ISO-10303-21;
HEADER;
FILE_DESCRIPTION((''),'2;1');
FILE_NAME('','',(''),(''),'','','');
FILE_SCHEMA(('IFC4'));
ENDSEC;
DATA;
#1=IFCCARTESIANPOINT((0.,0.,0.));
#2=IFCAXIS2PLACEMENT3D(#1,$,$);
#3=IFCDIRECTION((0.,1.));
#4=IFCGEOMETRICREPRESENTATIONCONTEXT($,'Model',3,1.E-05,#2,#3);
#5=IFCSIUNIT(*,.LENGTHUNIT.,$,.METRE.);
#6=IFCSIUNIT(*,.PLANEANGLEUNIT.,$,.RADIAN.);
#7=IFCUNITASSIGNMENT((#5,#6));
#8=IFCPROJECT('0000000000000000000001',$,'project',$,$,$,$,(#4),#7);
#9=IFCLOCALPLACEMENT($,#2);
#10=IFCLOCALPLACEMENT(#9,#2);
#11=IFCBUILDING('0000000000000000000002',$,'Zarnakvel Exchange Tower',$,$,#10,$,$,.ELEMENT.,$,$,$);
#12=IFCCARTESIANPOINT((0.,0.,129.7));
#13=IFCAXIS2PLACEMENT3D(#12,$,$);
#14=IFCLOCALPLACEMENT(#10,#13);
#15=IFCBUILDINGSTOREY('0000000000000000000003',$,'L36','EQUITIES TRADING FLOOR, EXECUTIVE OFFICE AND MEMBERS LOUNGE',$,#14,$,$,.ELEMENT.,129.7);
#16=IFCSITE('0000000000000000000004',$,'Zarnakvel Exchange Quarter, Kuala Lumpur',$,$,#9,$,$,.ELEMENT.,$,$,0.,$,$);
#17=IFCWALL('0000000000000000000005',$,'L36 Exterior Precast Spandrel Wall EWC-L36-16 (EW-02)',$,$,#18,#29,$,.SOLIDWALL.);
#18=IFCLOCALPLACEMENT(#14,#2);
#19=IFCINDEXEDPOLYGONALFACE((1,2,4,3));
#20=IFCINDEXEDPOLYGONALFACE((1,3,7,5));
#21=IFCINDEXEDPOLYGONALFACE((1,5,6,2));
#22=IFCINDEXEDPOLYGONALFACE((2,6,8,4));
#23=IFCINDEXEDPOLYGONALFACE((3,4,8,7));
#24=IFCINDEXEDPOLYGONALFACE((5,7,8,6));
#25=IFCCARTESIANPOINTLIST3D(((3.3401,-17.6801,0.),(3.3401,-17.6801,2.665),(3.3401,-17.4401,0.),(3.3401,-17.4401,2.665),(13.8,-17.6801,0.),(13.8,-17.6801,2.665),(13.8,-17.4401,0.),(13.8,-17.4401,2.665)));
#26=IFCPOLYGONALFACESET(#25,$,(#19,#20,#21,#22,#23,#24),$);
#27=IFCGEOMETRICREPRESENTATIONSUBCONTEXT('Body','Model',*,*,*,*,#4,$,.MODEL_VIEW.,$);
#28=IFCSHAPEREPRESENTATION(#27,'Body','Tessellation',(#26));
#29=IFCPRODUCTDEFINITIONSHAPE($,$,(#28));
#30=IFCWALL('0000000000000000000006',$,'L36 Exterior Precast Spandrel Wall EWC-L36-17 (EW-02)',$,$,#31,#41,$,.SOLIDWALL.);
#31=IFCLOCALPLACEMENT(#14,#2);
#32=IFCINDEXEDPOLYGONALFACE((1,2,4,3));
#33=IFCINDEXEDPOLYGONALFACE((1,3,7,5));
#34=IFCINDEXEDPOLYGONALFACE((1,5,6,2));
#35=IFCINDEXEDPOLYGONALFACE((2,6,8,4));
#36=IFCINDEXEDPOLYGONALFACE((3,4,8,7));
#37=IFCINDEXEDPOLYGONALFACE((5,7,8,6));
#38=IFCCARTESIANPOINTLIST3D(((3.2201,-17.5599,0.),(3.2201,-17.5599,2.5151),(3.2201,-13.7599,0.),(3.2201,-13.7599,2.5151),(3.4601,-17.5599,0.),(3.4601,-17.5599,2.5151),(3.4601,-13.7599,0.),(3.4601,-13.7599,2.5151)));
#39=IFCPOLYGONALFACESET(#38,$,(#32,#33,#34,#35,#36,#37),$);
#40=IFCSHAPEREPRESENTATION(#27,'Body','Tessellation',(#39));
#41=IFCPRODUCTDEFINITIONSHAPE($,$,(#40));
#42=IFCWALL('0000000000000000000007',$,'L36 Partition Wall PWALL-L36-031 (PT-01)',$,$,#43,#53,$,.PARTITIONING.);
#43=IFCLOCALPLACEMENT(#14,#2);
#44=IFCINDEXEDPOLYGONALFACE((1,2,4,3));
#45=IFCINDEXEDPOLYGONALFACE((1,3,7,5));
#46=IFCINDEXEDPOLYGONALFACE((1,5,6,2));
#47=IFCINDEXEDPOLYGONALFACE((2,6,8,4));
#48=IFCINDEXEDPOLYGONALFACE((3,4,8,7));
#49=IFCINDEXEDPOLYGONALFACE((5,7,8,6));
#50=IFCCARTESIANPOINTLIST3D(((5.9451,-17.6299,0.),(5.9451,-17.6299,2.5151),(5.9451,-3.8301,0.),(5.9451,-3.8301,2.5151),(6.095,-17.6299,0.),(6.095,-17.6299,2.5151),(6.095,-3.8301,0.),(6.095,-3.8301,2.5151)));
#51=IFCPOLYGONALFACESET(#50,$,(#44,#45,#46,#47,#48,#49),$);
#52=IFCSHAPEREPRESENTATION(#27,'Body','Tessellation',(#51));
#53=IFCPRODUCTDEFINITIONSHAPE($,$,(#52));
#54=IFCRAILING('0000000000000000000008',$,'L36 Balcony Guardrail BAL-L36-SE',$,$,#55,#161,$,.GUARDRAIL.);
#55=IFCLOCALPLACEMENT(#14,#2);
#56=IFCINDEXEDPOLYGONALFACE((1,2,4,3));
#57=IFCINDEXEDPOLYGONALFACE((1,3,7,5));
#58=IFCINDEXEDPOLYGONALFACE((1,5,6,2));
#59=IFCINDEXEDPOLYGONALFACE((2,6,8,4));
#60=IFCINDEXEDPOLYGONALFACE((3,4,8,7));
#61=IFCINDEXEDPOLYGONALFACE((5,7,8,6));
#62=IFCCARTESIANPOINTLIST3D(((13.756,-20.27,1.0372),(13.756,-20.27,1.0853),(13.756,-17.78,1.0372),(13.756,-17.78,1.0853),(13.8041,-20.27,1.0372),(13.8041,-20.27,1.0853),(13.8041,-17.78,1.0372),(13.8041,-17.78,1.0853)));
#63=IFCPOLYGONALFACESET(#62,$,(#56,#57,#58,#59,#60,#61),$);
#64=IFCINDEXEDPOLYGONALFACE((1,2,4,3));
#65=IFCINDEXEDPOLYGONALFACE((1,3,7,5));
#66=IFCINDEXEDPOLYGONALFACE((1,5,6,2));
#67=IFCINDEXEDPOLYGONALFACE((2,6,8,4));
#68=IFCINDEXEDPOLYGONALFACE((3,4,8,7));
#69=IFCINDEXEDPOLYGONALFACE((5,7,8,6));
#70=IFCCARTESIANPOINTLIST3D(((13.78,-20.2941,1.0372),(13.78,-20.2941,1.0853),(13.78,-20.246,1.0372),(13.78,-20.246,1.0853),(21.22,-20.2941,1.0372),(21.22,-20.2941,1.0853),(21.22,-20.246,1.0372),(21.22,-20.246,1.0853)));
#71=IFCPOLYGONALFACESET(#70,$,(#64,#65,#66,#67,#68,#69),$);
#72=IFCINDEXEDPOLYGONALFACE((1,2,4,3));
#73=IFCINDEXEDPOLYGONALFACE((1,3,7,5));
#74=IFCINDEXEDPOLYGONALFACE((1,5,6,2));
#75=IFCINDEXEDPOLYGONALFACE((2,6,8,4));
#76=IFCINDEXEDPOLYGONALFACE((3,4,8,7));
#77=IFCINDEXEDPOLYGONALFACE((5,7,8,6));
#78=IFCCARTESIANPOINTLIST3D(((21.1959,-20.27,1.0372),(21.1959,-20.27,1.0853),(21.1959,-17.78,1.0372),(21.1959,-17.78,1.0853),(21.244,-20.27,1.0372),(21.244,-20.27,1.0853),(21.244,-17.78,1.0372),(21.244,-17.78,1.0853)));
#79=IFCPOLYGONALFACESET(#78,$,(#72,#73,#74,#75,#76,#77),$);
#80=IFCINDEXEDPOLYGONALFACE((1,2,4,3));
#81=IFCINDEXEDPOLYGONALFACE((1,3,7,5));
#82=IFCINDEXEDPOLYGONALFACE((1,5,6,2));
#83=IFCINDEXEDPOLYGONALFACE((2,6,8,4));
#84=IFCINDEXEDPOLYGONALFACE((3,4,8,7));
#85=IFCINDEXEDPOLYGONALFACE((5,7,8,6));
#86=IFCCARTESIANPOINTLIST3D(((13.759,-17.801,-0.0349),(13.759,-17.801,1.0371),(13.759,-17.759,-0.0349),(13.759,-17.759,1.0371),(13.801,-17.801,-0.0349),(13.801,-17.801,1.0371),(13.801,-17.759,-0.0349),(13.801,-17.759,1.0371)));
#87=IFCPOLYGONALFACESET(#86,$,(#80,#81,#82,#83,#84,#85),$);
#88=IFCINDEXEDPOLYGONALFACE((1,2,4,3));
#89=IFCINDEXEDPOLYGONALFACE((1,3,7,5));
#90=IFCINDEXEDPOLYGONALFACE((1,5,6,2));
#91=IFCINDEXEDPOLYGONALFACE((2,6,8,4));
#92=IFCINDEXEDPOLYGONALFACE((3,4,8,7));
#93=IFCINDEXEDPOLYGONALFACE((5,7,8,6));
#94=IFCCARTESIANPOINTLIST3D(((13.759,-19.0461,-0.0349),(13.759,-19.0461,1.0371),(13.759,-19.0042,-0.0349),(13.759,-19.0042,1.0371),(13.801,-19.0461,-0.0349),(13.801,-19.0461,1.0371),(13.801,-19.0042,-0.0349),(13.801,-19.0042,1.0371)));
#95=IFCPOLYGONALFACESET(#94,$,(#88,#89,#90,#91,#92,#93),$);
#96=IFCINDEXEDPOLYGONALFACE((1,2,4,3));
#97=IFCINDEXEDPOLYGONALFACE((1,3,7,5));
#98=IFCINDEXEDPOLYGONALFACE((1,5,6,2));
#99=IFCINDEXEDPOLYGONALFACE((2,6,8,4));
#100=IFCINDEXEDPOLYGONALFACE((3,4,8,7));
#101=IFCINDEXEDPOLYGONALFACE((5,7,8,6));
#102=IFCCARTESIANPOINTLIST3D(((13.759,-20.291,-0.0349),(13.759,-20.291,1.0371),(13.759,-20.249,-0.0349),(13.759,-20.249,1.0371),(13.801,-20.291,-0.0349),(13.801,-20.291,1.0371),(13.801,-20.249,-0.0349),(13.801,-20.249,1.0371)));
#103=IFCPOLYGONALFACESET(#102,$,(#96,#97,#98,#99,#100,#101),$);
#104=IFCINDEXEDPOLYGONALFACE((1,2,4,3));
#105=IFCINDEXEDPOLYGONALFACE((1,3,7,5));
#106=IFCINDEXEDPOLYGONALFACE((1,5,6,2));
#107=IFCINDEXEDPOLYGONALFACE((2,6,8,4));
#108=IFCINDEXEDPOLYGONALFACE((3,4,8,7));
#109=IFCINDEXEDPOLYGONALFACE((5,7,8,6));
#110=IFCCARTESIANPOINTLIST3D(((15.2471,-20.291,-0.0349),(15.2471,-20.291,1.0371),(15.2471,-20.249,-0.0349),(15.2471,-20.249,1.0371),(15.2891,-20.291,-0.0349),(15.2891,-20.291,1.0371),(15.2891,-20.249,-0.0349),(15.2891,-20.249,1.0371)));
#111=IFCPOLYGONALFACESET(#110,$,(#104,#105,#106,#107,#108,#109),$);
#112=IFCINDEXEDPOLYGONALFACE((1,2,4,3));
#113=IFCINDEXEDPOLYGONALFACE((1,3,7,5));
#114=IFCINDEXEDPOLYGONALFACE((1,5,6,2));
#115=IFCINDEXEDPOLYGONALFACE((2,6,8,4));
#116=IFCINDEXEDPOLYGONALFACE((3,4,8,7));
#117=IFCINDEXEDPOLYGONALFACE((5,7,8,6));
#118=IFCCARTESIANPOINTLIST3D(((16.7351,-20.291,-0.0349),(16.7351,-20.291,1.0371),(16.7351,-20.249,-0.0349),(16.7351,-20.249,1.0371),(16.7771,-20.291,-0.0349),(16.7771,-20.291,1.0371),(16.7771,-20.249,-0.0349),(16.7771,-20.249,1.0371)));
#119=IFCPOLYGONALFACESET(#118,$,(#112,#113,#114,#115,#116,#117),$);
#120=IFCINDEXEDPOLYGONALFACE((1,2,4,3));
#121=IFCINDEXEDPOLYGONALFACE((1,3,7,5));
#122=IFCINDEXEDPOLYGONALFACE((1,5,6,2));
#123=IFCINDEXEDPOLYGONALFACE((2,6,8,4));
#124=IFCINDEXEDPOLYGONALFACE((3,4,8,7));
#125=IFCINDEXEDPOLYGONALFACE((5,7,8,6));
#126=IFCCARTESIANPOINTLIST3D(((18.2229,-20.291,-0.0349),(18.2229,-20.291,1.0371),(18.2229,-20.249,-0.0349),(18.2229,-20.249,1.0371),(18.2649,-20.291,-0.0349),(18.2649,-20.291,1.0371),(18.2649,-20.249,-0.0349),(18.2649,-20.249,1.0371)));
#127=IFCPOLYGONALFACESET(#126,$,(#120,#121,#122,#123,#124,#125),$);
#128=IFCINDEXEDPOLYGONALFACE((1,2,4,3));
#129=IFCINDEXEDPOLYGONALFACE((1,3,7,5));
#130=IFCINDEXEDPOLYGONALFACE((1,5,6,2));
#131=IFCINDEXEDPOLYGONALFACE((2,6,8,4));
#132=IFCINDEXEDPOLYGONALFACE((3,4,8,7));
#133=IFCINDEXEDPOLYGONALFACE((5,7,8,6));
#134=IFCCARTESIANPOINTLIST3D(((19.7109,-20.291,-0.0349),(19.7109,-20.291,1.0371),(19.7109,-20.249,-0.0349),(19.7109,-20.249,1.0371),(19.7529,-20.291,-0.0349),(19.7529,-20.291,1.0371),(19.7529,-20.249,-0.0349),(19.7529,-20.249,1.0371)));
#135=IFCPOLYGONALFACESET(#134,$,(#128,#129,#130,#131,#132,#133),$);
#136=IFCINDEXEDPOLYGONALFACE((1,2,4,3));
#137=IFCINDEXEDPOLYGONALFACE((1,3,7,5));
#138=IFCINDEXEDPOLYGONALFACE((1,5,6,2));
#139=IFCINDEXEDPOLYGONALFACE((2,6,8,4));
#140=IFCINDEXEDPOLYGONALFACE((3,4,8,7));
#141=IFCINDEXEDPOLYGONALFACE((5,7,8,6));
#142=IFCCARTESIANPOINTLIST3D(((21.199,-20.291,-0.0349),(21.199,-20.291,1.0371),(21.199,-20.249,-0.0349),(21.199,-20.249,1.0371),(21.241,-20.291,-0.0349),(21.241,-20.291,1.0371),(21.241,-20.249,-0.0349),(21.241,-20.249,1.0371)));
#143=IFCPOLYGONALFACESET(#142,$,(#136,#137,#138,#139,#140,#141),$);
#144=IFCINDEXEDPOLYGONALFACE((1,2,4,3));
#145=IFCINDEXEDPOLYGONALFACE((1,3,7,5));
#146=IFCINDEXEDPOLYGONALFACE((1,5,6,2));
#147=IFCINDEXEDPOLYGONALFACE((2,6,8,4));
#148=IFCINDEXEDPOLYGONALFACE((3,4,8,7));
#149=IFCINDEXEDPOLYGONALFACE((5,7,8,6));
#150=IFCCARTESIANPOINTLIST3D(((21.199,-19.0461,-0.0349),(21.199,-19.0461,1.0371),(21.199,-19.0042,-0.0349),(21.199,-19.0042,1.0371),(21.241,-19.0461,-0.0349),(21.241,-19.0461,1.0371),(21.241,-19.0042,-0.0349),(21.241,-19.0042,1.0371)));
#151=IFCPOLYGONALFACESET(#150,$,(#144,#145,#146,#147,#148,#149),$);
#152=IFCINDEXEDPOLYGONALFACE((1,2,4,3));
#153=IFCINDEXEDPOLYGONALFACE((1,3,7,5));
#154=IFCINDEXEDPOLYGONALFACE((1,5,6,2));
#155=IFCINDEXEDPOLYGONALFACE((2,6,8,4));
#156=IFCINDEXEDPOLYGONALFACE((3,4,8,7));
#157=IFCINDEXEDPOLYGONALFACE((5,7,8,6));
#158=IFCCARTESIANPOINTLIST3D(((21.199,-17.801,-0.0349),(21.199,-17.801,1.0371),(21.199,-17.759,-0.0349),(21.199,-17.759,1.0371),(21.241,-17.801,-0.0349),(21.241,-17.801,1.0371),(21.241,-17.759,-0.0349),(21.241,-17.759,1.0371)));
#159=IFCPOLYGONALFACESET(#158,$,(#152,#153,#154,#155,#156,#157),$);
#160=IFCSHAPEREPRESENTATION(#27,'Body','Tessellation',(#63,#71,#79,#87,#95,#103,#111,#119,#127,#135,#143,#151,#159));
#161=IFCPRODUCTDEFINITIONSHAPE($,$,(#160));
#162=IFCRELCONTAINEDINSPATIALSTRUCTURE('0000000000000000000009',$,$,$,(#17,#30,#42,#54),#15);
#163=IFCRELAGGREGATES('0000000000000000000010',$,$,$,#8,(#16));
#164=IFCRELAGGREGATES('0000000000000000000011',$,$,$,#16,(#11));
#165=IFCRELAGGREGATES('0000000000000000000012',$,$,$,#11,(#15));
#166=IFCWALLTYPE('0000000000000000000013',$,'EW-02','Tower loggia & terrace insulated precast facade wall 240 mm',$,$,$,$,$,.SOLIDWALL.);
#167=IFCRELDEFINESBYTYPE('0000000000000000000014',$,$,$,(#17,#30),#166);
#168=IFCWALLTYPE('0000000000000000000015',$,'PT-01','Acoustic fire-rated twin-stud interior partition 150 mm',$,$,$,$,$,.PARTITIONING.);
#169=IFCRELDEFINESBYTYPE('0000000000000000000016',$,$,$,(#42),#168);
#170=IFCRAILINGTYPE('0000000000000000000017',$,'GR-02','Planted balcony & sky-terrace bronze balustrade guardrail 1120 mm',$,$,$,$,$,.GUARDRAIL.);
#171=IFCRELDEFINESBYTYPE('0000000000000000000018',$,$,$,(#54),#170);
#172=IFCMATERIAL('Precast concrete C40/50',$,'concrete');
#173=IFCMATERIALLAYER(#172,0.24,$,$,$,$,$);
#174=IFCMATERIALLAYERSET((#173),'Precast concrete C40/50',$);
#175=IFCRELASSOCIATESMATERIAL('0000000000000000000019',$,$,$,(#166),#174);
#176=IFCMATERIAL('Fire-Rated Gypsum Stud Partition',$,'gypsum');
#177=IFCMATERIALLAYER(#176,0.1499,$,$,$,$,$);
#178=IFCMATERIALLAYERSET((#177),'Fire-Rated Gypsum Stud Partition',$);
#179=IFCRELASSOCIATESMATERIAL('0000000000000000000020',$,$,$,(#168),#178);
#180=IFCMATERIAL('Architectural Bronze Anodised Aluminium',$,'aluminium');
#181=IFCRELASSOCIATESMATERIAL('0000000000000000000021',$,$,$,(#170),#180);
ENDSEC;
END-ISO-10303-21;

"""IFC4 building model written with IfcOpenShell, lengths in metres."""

from ifc_helpers import new_model, si_unit, direction, frame, frame_2d, origin, origin_2d, place, context, subcontext, project, spatial, rectangle, extrude, material, layer, layer_set, type_object, element, save


model = new_model("IFC4")

# Units and contexts
model_context = context("Model", 3, precision=1e-05, world=origin(), true_north=direction((0.0, 1.0)))
body_context = subcontext(model_context, "Body", "Model", "MODEL_VIEW")
ifc_project = project(units=[si_unit("LENGTHUNIT", "METRE"), si_unit("PLANEANGLEUNIT", "RADIAN")], contexts=[model_context])

# Site, building, storey
site_placement = place(None, origin())
site = spatial("IfcSite", under=ifc_project, at=site_placement, Name="Zarnakvel Exchange Quarter, Kuala Lumpur", CompositionType="ELEMENT", RefElevation=0.0)
building_placement = place(site_placement, origin())
building = spatial("IfcBuilding", under=site, at=building_placement, Name="Zarnakvel Exchange Tower", CompositionType="ELEMENT")
storey_placement = place(building_placement, frame((0.0, 0.0, 129.7)))
storey = spatial("IfcBuildingStorey", under=building, at=storey_placement, Name="L36", Description="EQUITIES TRADING FLOOR, EXECUTIVE OFFICE AND MEMBERS LOUNGE", CompositionType="ELEMENT", Elevation=129.7)

# Shared definitions
ifc_material_1 = material(Name="Architectural Bronze Anodised Aluminium", Category="aluminium")

# Walls
ifc_material_2 = material(Name="Precast concrete C40/50", Category="concrete")
ifc_layer_1 = layer(ifc_material_2, 0.24)
ifc_layer_set_1 = layer_set([ifc_layer_1], Name="Precast concrete C40/50")
wall_type_1 = type_object("IfcWallType", Name="EW-02", Description="Tower loggia & terrace insulated precast facade wall 240 mm", PredefinedType="SOLIDWALL", material=ifc_layer_set_1)
wall_1_placement = place(storey_placement, frame((3.3401, -17.5601, 0.0), z_axis=(0.0, 0.0, 1.0), x_axis=(1.0, 0.0, 0.0)))
element("IfcWall", 1, at=wall_1_placement, inside=storey, type_object=wall_type_1, Name="L36 Exterior Precast Spandrel Wall EWC-L36-16 (EW-02)", PredefinedType="SOLIDWALL", context=body_context, shape_type="SweptSolid", body=[
    extrude(rectangle(XDim=10.46, YDim=0.24, at=frame_2d((5.23, 0.0))), origin(), (0.0, 0.0, 1.0), 2.665),
])
wall_2_placement = place(storey_placement, frame((3.3401, -13.76, 0.0), z_axis=(0.0, 0.0, 1.0), x_axis=(0.0, -1.0, 0.0)))
element("IfcWall", 2, at=wall_2_placement, inside=storey, type_object=wall_type_1, Name="L36 Exterior Precast Spandrel Wall EWC-L36-17 (EW-02)", PredefinedType="SOLIDWALL", context=body_context, shape_type="SweptSolid", body=[
    extrude(rectangle(XDim=3.8, YDim=0.24, at=frame_2d((1.8999, 0.0))), origin(), (0.0, 0.0, 1.0), 2.5151),
])
ifc_material_3 = material(Name="Fire-Rated Gypsum Stud Partition", Category="gypsum")
ifc_layer_2 = layer(ifc_material_3, 0.1499)
ifc_layer_set_2 = layer_set([ifc_layer_2], Name="Fire-Rated Gypsum Stud Partition")
wall_type_2 = type_object("IfcWallType", Name="PT-01", Description="Acoustic fire-rated twin-stud interior partition 150 mm", PredefinedType="PARTITIONING", material=ifc_layer_set_2)
wall_3_placement = place(storey_placement, frame((6.02, -17.6299, 0.0), z_axis=(0.0, 0.0, 1.0), x_axis=(0.0, 1.0, 0.0)))
element("IfcWall", 3, at=wall_3_placement, inside=storey, type_object=wall_type_2, Name="L36 Partition Wall PWALL-L36-031 (PT-01)", PredefinedType="PARTITIONING", context=body_context, shape_type="SweptSolid", body=[
    extrude(rectangle(XDim=13.7998, YDim=0.1499, at=frame_2d((6.8999, 0.0))), origin(), (0.0, 0.0, 1.0), 2.5151),
])

# Railing
railing_type = type_object("IfcRailingType", Name="GR-02", Description="Planted balcony & sky-terrace bronze balustrade guardrail 1120 mm", PredefinedType="GUARDRAIL", material=ifc_material_1)
railing_placement = place(storey_placement, frame((13.78, -17.78, -0.0349)))
element("IfcRailing", 4, at=railing_placement, inside=storey, type_object=railing_type, Name="L36 Balcony Guardrail BAL-L36-SE", PredefinedType="GUARDRAIL", context=body_context, shape_type="SweptSolid", body=[
    extrude(rectangle(XDim=0.0481, YDim=0.0481, at=origin_2d()), frame((0.0, 0.0, 1.0962), z_axis=(0.0, -1.0, 0.0), x_axis=(1.0, 0.0, 0.0)), (0.0, 0.0, 1.0), 2.49),
    extrude(rectangle(XDim=0.0481, YDim=0.0481, at=origin_2d()), frame((0.0, -2.49, 1.0962), z_axis=(1.0, 0.0, 0.0), x_axis=(0.0, 1.0, 0.0)), (0.0, 0.0, 1.0), 7.4399),
    extrude(rectangle(XDim=0.0481, YDim=0.0481, at=origin_2d()), frame((7.4399, -2.49, 1.0962), z_axis=(0.0, 1.0, 0.0), x_axis=(-1.0, 0.0, 0.0)), (0.0, 0.0, 1.0), 2.49),
    extrude(rectangle(XDim=0.042, YDim=0.042, at=origin_2d()), origin(), (0.0, 0.0, 1.0), 1.072),
    extrude(rectangle(XDim=0.042, YDim=0.042, at=origin_2d()), frame((0.0, -1.2451, 0.0)), (0.0, 0.0, 1.0), 1.072),
    extrude(rectangle(XDim=0.042, YDim=0.042, at=origin_2d()), frame((0.0, -2.49, 0.0)), (0.0, 0.0, 1.0), 1.072),
    extrude(rectangle(XDim=0.042, YDim=0.042, at=origin_2d()), frame((1.488, -2.49, 0.0)), (0.0, 0.0, 1.0), 1.072),
    extrude(rectangle(XDim=0.042, YDim=0.042, at=origin_2d()), frame((2.9761, -2.49, 0.0)), (0.0, 0.0, 1.0), 1.072),
    extrude(rectangle(XDim=0.042, YDim=0.042, at=origin_2d()), frame((4.4639, -2.49, 0.0)), (0.0, 0.0, 1.0), 1.072),
    extrude(rectangle(XDim=0.042, YDim=0.042, at=origin_2d()), frame((5.9519, -2.49, 0.0)), (0.0, 0.0, 1.0), 1.072),
    extrude(rectangle(XDim=0.042, YDim=0.042, at=origin_2d()), frame((7.4399, -2.49, 0.0)), (0.0, 0.0, 1.0), 1.072),
    extrude(rectangle(XDim=0.042, YDim=0.042, at=origin_2d()), frame((7.4399, -1.2451, 0.0)), (0.0, 0.0, 1.0), 1.072),
    extrude(rectangle(XDim=0.042, YDim=0.042, at=origin_2d()), frame((7.4399, 0.0, 0.0)), (0.0, 0.0, 1.0), 1.072),
])

save(model, "model.ifc")
